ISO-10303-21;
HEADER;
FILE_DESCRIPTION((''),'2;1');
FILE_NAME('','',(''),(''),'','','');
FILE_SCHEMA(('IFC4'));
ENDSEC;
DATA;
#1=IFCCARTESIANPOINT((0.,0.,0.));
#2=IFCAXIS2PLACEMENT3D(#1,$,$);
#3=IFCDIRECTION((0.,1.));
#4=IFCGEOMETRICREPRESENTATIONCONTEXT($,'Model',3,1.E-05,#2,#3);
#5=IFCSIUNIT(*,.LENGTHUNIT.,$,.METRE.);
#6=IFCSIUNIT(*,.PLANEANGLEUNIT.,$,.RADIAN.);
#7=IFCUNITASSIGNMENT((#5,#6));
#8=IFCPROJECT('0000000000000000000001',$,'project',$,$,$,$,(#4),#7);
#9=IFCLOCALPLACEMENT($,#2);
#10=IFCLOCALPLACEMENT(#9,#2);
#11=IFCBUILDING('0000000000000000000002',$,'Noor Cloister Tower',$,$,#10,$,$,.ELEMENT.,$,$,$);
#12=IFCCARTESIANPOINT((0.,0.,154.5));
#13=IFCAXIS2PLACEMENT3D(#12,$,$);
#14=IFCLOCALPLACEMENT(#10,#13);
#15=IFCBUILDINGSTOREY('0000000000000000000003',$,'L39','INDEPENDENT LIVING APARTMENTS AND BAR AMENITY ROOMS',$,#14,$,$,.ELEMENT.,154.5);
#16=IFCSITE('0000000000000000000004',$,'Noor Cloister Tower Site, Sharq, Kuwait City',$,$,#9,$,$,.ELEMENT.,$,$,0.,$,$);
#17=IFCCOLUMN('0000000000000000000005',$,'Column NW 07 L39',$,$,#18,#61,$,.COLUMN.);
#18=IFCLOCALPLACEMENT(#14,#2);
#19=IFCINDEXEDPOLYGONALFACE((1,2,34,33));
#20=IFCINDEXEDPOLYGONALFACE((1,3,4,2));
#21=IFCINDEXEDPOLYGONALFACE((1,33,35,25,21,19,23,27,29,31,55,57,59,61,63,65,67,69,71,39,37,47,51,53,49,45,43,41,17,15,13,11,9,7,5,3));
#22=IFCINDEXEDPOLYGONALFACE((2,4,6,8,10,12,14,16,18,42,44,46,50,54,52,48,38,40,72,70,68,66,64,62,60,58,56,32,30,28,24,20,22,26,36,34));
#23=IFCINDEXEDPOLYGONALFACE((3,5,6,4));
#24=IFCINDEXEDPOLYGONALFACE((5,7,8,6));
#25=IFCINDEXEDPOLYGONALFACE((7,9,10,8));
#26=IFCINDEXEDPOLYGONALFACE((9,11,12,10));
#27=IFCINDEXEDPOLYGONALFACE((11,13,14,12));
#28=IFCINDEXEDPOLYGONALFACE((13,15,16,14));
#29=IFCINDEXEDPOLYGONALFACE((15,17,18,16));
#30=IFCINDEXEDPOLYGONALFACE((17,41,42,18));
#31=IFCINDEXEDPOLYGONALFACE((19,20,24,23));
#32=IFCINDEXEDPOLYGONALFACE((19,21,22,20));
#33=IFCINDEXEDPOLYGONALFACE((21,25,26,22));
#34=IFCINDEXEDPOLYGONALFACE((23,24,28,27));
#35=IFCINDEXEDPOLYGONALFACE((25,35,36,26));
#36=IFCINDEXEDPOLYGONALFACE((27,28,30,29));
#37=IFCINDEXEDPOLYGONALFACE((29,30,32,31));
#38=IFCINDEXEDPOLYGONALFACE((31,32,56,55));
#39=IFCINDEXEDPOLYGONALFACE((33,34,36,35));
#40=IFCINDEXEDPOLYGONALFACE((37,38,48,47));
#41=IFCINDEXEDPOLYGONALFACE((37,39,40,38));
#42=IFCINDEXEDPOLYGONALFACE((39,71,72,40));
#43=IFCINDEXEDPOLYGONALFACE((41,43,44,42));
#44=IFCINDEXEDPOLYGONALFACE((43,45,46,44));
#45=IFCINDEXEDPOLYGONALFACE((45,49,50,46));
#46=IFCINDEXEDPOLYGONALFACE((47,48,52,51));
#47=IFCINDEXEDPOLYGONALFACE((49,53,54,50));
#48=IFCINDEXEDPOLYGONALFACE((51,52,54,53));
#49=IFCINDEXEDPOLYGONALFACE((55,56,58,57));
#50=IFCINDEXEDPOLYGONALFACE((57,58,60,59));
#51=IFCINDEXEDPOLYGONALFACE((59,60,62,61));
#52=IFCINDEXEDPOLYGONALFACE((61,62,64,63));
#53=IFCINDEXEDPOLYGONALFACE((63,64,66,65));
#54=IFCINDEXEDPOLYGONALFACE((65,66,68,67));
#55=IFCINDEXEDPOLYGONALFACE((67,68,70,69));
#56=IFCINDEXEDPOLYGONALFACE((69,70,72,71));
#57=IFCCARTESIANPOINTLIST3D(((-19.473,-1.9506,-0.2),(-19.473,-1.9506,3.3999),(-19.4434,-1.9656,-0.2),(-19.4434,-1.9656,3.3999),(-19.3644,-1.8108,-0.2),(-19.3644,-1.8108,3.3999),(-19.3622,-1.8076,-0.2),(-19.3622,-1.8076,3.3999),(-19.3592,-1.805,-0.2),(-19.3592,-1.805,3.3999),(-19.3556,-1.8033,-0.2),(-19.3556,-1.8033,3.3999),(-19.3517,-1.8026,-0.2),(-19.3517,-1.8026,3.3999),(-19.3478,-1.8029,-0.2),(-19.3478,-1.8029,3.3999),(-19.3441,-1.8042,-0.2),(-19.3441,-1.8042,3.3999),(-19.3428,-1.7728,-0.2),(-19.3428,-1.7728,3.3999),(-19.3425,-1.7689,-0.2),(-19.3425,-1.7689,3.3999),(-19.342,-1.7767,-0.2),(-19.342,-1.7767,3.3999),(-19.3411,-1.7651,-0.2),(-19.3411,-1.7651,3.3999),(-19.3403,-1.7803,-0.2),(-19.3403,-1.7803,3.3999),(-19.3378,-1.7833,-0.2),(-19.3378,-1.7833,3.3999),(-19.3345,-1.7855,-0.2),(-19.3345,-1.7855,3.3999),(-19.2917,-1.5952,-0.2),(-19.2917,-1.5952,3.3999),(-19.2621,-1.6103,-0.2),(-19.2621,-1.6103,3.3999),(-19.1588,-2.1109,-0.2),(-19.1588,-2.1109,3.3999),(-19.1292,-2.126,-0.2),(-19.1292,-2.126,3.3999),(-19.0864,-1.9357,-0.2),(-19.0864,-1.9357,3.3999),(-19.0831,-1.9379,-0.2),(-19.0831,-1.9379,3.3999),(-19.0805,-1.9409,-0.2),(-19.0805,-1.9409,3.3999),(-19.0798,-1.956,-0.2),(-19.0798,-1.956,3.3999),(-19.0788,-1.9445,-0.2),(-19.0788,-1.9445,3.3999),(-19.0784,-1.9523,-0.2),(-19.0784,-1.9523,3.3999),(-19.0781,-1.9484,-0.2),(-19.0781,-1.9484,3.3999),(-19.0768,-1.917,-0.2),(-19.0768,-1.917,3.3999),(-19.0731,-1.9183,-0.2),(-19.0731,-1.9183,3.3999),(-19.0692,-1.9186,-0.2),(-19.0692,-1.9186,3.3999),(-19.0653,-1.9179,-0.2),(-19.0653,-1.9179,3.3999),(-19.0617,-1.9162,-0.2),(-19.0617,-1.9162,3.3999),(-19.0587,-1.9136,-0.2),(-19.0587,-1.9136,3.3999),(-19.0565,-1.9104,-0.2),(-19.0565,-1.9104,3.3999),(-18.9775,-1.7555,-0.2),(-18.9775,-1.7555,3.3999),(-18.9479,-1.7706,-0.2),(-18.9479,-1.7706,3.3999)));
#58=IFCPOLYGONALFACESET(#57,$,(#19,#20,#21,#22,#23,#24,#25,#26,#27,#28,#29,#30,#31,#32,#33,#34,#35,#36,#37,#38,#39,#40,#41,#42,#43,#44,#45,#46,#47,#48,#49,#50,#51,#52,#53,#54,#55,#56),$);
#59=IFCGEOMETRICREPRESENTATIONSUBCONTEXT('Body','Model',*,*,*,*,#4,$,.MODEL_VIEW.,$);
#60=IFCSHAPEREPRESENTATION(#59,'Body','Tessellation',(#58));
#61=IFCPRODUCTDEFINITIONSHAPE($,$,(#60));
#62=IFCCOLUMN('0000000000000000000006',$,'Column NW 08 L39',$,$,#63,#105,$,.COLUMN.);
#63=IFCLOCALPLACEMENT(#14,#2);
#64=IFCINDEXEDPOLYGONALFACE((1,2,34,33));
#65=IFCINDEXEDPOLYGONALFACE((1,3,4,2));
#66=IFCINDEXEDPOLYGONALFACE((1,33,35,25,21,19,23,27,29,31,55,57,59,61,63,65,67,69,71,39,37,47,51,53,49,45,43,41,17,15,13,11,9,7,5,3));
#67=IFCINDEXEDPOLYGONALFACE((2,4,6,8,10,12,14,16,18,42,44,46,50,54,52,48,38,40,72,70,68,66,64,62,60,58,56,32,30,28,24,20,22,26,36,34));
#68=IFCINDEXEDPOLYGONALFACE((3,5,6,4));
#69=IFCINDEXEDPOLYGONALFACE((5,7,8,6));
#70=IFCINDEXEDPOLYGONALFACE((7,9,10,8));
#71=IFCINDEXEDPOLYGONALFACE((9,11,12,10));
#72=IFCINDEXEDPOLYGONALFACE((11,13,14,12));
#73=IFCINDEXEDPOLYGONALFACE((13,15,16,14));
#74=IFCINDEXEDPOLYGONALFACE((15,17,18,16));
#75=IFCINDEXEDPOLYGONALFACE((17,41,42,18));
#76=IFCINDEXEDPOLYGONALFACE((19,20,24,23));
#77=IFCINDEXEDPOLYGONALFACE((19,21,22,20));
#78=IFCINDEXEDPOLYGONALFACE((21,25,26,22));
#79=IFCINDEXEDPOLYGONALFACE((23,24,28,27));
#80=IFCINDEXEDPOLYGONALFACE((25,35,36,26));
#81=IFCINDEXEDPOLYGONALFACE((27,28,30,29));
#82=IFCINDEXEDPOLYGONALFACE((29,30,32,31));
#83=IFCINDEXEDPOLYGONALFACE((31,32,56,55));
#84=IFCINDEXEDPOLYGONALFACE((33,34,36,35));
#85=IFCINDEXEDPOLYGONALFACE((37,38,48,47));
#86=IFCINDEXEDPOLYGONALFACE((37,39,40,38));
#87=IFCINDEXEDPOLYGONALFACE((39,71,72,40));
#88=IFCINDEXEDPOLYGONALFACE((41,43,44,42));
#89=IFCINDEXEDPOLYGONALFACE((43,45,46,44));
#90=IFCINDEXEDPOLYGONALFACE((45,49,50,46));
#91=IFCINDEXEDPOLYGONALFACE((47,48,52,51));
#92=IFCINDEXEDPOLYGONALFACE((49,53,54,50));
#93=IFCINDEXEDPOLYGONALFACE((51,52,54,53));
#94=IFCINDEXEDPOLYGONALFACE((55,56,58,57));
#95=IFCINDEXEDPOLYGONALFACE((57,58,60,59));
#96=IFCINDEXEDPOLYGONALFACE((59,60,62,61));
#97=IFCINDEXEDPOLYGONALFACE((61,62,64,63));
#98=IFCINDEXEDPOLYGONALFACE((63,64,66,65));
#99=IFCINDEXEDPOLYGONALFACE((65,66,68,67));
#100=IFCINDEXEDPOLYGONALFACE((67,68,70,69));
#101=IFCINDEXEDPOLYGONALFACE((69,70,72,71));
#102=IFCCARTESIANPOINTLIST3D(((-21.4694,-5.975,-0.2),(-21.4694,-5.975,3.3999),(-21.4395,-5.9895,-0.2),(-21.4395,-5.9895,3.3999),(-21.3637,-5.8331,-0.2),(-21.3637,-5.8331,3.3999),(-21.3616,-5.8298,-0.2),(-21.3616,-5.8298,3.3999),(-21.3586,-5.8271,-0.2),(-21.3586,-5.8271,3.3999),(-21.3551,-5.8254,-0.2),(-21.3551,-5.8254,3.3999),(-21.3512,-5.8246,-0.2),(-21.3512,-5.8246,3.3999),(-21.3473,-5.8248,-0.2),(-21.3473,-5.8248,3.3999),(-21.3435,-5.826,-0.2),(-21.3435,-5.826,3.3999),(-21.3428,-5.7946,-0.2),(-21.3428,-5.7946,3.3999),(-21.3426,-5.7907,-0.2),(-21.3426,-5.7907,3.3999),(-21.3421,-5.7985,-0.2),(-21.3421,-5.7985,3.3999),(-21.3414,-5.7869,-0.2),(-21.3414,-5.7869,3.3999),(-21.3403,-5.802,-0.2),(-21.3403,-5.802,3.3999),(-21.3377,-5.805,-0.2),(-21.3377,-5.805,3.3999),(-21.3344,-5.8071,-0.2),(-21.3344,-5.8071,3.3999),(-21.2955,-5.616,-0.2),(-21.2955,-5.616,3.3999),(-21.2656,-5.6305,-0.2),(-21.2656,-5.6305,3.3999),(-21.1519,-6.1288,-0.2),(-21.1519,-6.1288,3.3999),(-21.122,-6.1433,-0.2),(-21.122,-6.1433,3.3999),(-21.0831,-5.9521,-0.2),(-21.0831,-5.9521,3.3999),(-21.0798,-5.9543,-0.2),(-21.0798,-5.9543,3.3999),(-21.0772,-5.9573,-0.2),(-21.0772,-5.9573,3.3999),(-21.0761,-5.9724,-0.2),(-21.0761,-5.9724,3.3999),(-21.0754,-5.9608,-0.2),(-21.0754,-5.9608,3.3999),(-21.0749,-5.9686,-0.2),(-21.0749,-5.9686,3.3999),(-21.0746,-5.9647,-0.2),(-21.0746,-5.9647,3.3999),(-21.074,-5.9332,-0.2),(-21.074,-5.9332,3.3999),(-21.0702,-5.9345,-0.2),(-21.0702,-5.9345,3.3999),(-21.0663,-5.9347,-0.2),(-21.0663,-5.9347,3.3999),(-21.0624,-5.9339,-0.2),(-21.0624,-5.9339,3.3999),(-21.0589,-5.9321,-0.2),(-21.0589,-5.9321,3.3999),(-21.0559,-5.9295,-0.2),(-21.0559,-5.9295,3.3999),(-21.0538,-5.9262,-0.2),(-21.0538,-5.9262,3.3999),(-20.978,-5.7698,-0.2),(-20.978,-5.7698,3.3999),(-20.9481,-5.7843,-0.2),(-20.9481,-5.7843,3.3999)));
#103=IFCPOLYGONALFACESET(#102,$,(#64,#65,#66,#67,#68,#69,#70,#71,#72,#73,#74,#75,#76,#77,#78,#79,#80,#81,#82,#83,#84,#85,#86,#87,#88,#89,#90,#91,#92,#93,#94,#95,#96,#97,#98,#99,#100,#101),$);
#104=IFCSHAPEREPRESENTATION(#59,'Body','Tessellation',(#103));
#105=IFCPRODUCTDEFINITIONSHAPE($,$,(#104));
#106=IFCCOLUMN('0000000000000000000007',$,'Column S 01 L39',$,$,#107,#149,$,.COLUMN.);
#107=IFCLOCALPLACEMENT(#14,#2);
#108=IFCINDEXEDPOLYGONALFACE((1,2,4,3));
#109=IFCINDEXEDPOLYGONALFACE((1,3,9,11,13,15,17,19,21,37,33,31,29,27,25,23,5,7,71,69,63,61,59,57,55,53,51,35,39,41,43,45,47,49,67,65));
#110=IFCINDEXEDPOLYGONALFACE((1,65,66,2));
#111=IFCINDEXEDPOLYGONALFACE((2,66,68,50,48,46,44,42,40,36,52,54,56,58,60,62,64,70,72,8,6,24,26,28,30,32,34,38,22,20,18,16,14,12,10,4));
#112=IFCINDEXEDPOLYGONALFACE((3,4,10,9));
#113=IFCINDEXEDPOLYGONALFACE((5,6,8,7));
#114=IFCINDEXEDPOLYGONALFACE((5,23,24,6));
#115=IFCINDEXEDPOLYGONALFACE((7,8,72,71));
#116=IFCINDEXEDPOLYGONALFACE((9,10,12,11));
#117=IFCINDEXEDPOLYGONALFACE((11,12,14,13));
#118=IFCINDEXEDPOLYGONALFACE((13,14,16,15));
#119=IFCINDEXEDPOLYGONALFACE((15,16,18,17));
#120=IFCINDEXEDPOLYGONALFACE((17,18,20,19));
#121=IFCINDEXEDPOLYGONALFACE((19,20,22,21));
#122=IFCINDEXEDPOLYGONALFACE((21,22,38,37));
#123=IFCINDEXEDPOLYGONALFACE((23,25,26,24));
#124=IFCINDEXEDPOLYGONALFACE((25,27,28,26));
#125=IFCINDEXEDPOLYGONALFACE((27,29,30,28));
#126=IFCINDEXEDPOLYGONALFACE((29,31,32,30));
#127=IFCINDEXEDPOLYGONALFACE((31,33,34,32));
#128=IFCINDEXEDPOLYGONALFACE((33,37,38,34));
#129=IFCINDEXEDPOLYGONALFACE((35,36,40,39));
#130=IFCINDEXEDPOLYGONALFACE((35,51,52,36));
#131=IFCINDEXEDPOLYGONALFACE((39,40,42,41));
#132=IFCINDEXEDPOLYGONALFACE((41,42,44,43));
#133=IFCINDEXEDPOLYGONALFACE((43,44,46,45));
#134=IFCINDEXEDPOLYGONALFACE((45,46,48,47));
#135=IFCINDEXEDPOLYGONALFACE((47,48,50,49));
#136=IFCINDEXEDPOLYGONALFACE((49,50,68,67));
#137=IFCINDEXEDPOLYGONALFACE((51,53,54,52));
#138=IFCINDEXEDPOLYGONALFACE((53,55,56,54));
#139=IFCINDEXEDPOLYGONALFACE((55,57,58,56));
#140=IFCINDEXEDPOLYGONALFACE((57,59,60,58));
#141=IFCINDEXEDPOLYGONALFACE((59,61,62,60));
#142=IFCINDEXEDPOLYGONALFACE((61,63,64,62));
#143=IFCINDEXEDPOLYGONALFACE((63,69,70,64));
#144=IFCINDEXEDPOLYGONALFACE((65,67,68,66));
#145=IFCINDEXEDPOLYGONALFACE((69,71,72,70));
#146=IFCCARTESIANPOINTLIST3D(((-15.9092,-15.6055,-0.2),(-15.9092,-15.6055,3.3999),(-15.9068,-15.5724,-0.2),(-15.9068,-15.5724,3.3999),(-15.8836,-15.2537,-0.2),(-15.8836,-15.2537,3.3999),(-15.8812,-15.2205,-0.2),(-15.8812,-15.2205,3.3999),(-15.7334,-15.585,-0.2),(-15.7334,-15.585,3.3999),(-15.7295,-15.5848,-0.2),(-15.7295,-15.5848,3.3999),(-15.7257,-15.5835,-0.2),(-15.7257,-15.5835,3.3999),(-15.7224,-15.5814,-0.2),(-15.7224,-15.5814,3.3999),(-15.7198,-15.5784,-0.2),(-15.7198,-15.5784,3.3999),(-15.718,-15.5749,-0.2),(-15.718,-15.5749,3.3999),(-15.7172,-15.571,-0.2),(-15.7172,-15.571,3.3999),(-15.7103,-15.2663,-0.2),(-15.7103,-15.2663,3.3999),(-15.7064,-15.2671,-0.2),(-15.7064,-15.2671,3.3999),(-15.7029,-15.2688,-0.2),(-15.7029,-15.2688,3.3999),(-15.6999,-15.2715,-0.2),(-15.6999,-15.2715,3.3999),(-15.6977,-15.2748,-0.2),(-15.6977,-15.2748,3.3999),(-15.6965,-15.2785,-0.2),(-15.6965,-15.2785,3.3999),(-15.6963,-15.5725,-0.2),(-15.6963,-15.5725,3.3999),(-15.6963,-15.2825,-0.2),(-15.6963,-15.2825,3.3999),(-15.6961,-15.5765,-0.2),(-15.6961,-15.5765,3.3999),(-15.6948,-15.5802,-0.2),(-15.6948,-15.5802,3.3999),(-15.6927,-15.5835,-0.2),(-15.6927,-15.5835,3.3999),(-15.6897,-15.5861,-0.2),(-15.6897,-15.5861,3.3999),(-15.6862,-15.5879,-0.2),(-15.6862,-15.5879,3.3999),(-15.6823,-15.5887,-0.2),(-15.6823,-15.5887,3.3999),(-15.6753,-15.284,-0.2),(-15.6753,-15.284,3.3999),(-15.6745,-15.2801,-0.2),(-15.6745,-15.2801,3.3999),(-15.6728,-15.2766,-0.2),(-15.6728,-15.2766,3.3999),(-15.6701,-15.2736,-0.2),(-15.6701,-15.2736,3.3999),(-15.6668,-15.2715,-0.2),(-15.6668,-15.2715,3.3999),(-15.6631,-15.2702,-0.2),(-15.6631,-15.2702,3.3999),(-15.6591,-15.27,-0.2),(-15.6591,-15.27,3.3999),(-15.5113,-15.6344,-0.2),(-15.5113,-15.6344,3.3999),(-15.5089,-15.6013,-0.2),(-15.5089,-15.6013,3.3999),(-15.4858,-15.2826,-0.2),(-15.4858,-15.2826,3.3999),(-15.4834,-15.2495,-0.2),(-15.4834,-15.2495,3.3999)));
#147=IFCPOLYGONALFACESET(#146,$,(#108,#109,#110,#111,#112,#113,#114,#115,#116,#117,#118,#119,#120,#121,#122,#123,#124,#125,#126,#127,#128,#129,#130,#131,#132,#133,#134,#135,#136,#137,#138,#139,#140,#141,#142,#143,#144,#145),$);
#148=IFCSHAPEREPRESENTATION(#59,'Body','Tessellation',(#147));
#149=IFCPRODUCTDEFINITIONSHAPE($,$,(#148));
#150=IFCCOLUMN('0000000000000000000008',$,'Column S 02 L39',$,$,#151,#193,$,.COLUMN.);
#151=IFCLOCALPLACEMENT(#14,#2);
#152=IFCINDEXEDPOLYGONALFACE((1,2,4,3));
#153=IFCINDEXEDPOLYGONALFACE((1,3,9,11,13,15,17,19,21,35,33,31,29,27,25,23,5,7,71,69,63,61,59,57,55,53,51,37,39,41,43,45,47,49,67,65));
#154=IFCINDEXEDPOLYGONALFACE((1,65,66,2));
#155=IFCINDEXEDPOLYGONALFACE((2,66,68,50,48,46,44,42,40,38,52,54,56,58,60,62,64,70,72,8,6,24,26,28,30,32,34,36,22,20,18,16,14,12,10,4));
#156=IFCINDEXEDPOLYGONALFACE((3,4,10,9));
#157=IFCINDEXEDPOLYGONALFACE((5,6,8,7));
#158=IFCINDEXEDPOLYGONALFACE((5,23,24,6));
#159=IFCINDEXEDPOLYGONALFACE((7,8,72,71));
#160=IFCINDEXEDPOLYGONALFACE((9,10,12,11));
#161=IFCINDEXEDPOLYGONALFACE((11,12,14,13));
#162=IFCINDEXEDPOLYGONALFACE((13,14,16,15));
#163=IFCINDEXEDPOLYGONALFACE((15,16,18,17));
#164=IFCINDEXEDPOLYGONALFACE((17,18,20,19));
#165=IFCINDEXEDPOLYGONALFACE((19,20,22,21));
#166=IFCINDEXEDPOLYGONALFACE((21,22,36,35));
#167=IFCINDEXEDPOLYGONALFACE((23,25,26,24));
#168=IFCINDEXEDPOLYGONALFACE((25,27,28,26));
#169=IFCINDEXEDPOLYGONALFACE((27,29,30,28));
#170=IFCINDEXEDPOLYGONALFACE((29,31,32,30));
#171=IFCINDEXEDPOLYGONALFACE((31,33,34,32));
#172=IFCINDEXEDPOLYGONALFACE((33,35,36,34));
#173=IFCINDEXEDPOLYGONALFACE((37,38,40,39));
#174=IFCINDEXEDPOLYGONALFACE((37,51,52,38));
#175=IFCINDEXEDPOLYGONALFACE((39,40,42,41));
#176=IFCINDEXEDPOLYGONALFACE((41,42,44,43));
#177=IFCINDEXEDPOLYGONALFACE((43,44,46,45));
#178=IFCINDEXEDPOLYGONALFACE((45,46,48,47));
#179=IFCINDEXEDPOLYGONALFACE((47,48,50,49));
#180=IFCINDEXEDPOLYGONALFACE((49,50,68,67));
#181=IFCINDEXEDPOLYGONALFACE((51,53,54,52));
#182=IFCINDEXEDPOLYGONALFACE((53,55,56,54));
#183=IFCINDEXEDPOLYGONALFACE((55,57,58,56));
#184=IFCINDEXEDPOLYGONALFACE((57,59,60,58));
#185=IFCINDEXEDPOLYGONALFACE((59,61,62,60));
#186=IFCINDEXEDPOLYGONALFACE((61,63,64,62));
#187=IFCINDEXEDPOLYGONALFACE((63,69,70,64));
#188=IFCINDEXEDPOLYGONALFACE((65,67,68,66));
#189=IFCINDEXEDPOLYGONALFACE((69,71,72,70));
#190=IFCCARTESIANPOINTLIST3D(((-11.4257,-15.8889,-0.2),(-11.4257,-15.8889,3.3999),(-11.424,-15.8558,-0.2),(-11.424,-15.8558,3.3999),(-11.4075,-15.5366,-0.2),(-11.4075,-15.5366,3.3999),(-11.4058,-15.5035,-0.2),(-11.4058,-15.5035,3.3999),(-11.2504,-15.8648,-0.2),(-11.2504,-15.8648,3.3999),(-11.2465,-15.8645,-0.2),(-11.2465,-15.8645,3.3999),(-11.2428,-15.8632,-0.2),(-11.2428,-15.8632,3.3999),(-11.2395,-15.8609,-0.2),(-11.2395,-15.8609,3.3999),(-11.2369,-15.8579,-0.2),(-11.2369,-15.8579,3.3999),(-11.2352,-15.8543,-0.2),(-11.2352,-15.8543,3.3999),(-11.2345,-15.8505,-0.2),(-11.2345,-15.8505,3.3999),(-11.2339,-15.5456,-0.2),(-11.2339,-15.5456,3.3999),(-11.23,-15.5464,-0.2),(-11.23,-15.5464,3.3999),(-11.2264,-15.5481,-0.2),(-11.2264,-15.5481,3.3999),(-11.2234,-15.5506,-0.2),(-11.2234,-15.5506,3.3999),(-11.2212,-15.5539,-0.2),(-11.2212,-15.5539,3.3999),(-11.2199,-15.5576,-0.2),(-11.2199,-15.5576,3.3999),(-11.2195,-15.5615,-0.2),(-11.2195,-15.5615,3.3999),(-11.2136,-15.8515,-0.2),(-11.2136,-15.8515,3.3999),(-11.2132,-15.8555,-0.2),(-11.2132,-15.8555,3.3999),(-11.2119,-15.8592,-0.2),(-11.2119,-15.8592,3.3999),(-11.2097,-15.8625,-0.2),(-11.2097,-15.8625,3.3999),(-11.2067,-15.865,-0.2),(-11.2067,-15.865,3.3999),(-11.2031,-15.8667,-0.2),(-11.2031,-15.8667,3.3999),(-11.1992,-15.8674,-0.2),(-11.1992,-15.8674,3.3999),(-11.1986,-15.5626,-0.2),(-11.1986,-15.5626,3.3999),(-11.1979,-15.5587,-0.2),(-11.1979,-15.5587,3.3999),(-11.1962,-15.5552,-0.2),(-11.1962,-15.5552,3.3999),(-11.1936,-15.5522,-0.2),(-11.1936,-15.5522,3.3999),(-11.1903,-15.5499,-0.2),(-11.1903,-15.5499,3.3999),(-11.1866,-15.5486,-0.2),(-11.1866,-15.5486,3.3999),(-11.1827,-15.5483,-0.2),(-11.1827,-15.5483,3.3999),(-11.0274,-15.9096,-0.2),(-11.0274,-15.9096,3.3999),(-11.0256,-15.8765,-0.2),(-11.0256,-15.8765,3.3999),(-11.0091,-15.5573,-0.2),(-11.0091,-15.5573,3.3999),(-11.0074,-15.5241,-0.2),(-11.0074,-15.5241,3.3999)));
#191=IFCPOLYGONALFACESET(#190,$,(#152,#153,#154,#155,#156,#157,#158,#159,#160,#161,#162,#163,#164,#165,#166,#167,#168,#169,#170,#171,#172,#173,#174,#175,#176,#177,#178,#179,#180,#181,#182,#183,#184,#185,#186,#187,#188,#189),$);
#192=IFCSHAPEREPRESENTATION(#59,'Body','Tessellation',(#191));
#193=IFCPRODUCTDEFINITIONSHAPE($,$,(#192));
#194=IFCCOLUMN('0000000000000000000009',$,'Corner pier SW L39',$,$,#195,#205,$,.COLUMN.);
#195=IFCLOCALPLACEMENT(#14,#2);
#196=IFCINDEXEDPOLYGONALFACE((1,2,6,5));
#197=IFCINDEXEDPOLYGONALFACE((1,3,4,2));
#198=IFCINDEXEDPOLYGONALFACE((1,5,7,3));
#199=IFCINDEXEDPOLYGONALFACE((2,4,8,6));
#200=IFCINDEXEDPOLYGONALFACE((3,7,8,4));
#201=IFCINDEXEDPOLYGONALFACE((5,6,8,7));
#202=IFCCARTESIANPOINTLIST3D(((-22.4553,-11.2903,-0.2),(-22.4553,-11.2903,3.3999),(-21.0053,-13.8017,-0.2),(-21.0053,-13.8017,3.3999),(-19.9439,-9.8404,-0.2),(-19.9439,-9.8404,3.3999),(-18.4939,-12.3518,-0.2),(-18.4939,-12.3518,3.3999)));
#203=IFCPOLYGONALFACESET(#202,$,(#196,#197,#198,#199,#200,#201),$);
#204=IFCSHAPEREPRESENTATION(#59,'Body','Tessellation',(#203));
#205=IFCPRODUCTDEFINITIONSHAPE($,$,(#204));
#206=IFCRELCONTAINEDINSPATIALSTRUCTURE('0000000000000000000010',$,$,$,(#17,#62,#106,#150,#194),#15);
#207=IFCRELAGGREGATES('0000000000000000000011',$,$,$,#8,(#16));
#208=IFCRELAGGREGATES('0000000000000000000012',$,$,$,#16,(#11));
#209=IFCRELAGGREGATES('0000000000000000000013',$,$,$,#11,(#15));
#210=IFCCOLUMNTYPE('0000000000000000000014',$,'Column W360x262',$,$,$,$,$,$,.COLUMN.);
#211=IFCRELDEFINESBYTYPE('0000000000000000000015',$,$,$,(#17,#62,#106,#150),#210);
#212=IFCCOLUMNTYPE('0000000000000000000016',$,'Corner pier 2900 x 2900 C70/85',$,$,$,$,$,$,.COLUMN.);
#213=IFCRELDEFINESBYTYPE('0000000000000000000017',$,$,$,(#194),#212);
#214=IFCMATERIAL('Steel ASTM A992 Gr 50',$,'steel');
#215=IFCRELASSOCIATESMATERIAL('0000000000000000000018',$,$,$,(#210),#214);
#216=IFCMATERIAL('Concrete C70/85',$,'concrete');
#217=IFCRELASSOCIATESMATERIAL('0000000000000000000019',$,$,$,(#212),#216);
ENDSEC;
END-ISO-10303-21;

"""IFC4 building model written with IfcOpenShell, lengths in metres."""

from ifc_helpers import new_model, si_unit, direction, frame, origin, origin_2d, place, context, subcontext, project, spatial, rectangle, i_section, extrude, material, material_profile, profile_set, type_object, element, save


model = new_model("IFC4")

# Units and contexts
model_context = context("Model", 3, precision=1e-05, world=origin(), true_north=direction((0.0, 1.0)))
body_context = subcontext(model_context, "Body", "Model", "MODEL_VIEW")
ifc_project = project(units=[si_unit("LENGTHUNIT", "METRE"), si_unit("PLANEANGLEUNIT", "RADIAN")], contexts=[model_context])

# Site, building, storey
site_placement = place(None, origin())
site = spatial("IfcSite", under=ifc_project, at=site_placement, Name="Noor Cloister Tower Site, Sharq, Kuwait City", CompositionType="ELEMENT", RefElevation=0.0)
building_placement = place(site_placement, origin())
building = spatial("IfcBuilding", under=site, at=building_placement, Name="Noor Cloister Tower", CompositionType="ELEMENT")
storey_placement = place(building_placement, frame((0.0, 0.0, 154.5)))
storey = spatial("IfcBuildingStorey", under=building, at=storey_placement, Name="L39", Description="INDEPENDENT LIVING APARTMENTS AND BAR AMENITY ROOMS", CompositionType="ELEMENT", Elevation=154.5)

# Columns
ifc_material_1 = material(Name="Steel ASTM A992 Gr 50", Category="steel")
ifc_material_profile_1 = material_profile(ifc_material_1, i_section(OverallWidth=0.3989, OverallDepth=0.386, WebThickness=0.021, FlangeThickness=0.0332, FilletRadius=0.0151, at=origin_2d()), Name="W360x262")
ifc_profile_set_1 = profile_set([ifc_material_profile_1], Name="Steel ASTM A992 Gr 50")
column_type_1 = type_object("IfcColumnType", Name="Column W360x262", PredefinedType="COLUMN", material=ifc_profile_set_1)
for number, where, z_axis, x_axis, name in (
    (1, (-19.2104, -1.8606, -0.2), (0.0, 0.0, 1.0), (-0.45447, -0.890762, 0.0), "Column NW 07 L39"),
    (2, (-21.2087, -5.8796, -0.2), (0.0, 0.0, 1.0), (-0.435909, -0.899991, 0.0), "Column NW 08 L39"),
    (3, (-15.6963, -15.4275, -0.2), (0.0, 0.0, 1.0), (0.997369, -0.072487, 0.0), "Column S 01 L39"),
    (4, (-11.2166, -15.7065, -0.2), (0.0, 0.0, 1.0), (0.998658, -0.051799, 0.0), "Column S 02 L39"),
):
    element("IfcColumn", number, at=place(storey_placement, frame(where, z_axis=z_axis, x_axis=x_axis)), inside=storey, type_object=column_type_1, Name=name, PredefinedType="COLUMN", context=body_context, shape_type="SweptSolid", body=[
        extrude(i_section(OverallWidth=0.3989, OverallDepth=0.386, WebThickness=0.021, FlangeThickness=0.0332, FilletRadius=0.0151, at=origin_2d()), origin(), (0.0, 0.0, 1.0), 3.5999),
    ])
ifc_material_2 = material(Name="Concrete C70/85", Category="concrete")
ifc_material_profile_2 = material_profile(ifc_material_2, rectangle(XDim=2.8999, YDim=2.8999, at=origin_2d()), Name="RC 2900x2900")
ifc_profile_set_2 = profile_set([ifc_material_profile_2], Name="Concrete C70/85")
column_type_2 = type_object("IfcColumnType", Name="Corner pier 2900 x 2900 C70/85", PredefinedType="COLUMN", material=ifc_profile_set_2)
column_placement = place(storey_placement, frame((-20.4746, -11.821, -0.2), z_axis=(0.0, 0.0, 1.0), x_axis=(-0.866025, -0.5, 0.0)))
element("IfcColumn", 5, at=column_placement, inside=storey, type_object=column_type_2, Name="Corner pier SW L39", PredefinedType="COLUMN", context=body_context, shape_type="SweptSolid", body=[
    extrude(rectangle(XDim=2.8999, YDim=2.8999, at=origin_2d()), origin(), (0.0, 0.0, 1.0), 3.5999),
])

save(model, "model.ifc")
